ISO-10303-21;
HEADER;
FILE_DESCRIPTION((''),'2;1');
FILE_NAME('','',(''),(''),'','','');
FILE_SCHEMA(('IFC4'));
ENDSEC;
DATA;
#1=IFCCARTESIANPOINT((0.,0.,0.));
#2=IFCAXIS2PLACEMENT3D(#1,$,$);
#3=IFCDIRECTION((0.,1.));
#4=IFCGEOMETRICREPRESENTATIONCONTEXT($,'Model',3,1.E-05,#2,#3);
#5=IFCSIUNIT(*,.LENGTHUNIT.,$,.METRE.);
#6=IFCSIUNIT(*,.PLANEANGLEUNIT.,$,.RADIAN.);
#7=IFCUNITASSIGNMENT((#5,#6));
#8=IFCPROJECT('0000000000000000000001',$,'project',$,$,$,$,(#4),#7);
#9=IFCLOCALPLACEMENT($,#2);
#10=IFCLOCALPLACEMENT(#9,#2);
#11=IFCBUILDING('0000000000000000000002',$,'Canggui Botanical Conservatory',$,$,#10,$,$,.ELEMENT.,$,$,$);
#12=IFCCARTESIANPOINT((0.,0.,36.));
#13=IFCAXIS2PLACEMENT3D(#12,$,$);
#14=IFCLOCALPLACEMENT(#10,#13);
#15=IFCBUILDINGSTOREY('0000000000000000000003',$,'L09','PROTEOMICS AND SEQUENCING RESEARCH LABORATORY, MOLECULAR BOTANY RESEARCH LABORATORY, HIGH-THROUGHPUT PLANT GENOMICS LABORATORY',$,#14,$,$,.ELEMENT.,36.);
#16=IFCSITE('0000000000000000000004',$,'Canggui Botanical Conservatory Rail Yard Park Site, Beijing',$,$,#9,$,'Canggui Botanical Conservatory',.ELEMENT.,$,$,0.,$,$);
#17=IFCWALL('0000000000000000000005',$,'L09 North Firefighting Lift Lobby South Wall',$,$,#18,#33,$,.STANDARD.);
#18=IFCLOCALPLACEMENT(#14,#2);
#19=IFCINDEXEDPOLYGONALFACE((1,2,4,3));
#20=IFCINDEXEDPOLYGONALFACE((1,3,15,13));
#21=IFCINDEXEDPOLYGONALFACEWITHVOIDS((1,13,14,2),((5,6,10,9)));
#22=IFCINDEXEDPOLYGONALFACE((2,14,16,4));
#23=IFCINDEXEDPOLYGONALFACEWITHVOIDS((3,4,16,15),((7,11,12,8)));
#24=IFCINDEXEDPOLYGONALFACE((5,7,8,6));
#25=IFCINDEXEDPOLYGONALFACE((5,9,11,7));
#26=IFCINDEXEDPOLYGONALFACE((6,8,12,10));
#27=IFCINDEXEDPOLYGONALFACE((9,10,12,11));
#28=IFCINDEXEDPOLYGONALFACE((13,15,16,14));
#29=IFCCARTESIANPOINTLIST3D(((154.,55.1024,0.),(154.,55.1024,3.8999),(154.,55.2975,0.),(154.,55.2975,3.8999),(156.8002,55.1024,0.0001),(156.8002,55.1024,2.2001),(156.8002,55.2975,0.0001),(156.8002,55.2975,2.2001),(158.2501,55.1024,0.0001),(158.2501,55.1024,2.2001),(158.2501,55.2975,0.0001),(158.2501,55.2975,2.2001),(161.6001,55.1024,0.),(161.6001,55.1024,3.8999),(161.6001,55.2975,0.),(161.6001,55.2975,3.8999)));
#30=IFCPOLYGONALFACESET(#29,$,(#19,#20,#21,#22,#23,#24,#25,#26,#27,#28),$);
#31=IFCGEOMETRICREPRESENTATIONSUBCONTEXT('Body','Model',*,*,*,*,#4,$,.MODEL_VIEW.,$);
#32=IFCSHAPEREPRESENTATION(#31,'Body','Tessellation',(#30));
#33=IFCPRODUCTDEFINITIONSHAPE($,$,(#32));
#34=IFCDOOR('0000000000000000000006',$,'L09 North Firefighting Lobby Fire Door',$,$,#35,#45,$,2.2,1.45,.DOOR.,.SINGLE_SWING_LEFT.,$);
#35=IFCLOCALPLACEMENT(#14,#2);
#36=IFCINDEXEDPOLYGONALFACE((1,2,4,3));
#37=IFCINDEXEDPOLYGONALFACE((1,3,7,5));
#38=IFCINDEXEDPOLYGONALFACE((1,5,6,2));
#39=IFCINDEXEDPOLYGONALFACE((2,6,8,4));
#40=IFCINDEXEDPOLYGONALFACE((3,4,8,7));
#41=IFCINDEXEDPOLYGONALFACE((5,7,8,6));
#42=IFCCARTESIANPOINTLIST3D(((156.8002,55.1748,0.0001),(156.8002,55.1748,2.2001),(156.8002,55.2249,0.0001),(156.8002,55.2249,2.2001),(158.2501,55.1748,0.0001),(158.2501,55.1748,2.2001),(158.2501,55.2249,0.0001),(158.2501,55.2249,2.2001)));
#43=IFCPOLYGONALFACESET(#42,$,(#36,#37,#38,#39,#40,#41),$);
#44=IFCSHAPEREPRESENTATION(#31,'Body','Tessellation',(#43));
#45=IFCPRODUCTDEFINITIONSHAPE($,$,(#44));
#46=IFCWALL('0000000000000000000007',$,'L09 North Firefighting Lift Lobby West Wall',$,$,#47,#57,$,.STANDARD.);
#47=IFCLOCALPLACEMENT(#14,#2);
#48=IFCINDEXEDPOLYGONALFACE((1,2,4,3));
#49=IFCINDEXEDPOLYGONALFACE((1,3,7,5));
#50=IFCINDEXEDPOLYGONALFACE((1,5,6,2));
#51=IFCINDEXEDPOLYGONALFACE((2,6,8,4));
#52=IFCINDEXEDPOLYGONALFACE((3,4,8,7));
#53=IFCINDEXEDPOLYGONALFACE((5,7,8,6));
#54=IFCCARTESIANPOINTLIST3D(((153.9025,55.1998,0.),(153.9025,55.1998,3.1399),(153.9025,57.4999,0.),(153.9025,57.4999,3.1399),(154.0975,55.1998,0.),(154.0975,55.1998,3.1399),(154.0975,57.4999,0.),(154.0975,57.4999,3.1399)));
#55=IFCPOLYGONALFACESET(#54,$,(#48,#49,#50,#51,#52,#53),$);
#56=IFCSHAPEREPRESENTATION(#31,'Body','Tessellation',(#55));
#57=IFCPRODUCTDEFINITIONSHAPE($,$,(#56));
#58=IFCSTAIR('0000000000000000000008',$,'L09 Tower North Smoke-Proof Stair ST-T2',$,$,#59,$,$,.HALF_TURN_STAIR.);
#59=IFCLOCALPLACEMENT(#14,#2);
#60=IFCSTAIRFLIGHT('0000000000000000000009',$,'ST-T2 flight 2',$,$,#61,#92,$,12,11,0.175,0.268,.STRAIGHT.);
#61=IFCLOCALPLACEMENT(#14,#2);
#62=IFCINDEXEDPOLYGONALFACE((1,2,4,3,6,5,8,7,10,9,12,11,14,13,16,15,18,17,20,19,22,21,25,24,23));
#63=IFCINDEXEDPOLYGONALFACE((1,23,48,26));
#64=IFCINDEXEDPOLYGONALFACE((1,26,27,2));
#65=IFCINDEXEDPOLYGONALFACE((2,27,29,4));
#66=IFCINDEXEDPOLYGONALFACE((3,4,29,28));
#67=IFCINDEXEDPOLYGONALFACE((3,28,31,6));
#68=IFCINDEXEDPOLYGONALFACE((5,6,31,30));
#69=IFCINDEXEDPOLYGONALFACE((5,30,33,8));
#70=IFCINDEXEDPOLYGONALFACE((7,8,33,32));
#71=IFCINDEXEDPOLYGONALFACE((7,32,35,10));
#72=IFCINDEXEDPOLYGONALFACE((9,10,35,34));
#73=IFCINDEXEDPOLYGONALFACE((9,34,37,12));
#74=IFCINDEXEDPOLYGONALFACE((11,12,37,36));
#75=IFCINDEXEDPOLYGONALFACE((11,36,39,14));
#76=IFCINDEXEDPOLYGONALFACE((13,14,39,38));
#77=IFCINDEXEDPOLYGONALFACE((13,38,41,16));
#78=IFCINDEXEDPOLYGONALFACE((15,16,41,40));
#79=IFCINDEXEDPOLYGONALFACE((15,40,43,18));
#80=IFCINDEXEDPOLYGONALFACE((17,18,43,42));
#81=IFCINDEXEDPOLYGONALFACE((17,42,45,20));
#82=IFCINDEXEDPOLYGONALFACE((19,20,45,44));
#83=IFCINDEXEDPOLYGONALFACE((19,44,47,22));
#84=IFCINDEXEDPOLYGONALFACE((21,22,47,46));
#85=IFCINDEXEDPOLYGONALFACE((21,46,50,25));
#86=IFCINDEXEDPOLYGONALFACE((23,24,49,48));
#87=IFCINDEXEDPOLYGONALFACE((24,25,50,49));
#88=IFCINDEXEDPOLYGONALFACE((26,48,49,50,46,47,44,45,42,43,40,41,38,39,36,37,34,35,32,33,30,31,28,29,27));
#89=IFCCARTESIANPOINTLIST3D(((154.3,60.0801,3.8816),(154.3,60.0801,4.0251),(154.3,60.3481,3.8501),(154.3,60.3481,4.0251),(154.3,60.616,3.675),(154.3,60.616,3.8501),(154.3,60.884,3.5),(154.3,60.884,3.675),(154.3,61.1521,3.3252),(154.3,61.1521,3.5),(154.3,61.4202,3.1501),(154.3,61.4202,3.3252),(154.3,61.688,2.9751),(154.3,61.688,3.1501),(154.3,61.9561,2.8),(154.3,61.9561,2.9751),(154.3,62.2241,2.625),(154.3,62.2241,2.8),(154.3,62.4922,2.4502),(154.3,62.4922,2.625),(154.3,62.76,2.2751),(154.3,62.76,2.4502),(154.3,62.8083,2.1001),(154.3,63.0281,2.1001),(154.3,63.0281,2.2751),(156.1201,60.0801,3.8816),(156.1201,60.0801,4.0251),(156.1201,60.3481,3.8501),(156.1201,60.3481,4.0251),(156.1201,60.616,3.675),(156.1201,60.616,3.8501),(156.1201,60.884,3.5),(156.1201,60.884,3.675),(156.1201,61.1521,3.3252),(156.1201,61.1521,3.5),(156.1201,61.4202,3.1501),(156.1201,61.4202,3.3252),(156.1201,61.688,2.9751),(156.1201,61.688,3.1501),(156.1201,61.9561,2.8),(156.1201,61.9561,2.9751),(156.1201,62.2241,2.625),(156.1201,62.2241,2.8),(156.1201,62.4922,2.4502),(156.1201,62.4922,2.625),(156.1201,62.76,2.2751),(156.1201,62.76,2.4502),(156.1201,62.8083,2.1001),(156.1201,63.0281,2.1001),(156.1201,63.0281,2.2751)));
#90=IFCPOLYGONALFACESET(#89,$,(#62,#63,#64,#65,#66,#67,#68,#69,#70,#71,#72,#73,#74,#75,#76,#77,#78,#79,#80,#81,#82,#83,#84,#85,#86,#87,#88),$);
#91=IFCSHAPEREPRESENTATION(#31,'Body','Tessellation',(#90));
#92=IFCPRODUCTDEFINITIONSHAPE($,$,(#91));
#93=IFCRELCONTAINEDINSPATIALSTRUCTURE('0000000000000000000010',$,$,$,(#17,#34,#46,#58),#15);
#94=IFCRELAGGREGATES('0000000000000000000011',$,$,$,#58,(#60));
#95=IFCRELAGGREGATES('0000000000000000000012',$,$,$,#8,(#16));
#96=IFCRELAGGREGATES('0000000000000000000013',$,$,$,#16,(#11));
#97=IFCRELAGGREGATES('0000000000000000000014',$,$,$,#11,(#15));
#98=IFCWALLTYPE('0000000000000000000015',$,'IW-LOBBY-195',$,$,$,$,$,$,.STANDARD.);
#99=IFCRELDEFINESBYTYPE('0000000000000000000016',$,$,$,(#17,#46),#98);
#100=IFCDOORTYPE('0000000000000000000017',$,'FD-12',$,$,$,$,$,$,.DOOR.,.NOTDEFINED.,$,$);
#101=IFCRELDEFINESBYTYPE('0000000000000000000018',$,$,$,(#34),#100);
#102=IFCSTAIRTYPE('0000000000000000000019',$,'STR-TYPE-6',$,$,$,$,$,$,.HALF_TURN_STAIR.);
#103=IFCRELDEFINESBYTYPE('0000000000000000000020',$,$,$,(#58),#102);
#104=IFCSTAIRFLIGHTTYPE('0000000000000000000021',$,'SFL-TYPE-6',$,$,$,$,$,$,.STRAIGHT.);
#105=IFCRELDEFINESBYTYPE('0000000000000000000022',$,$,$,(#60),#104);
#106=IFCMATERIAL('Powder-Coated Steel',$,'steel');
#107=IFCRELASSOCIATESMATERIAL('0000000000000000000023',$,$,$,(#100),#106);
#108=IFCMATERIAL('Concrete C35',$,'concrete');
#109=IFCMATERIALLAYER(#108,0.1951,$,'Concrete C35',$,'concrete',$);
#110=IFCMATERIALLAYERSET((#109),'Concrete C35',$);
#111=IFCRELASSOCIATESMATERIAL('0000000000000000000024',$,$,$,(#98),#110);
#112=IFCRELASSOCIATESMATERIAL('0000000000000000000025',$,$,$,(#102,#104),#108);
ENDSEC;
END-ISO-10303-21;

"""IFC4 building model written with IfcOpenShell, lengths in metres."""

from ifc_helpers import new_model, si_unit, direction, frame, frame_2d, origin, place, context, subcontext, project, spatial, polyline, rectangle, outline, extrude, material, layer, layer_set, type_object, element, fill, aggregate, save


model = new_model("IFC4")

# Units and contexts
model_context = context("Model", 3, precision=1e-05, world=origin(), true_north=direction((0.0, 1.0)))
body_context = subcontext(model_context, "Body", "Model", "MODEL_VIEW")
ifc_project = project(units=[si_unit("LENGTHUNIT", "METRE"), si_unit("PLANEANGLEUNIT", "RADIAN")], contexts=[model_context])

# Site, building, storey
site_placement = place(None, origin())
site = spatial("IfcSite", under=ifc_project, at=site_placement, Name="Canggui Botanical Conservatory Rail Yard Park Site, Beijing", LongName="Canggui Botanical Conservatory", CompositionType="ELEMENT", RefElevation=0.0)
building_placement = place(site_placement, origin())
building = spatial("IfcBuilding", under=site, at=building_placement, Name="Canggui Botanical Conservatory", CompositionType="ELEMENT")
storey_placement = place(building_placement, frame((0.0, 0.0, 36.0)))
storey = spatial("IfcBuildingStorey", under=building, at=storey_placement, Name="L09", Description="PROTEOMICS AND SEQUENCING RESEARCH LABORATORY, MOLECULAR BOTANY RESEARCH LABORATORY, HIGH-THROUGHPUT PLANT GENOMICS LABORATORY", CompositionType="ELEMENT", Elevation=36.0)

# Shared definitions
ifc_material_1 = material(Name="Concrete C35", Category="concrete")

# Shared definitions
ifc_material_2 = material(Name="Powder-Coated Steel", Category="steel")
door_type_1 = type_object("IfcDoorType", Name="FD-12", OperationType="NOTDEFINED", PredefinedType="DOOR", material=ifc_material_2)
ifc_layer_1 = layer(ifc_material_1, 0.1951, Name="Concrete C35", Category="concrete")
ifc_layer_set_1 = layer_set([ifc_layer_1], Name="Concrete C35")
wall_type_1 = type_object("IfcWallType", Name="IW-LOBBY-195", PredefinedType="STANDARD", material=ifc_layer_set_1)

# Wall, opening, door
wall_1_placement = place(storey_placement, frame((154.0, 55.2, 0.0), z_axis=(0.0, 0.0, 1.0), x_axis=(1.0, 0.0, 0.0)))
wall_1 = element("IfcWall", 1, at=wall_1_placement, inside=storey, type_object=wall_type_1, Name="L09 North Firefighting Lift Lobby South Wall", PredefinedType="STANDARD", context=body_context, shape_type="SweptSolid", body=[
    extrude(rectangle(XDim=7.6001, YDim=0.1951, at=frame_2d((3.8, 0.0))), origin(), (0.0, 0.0, 1.0), 3.8999),
])
opening_1_placement = place(wall_1_placement, frame((2.8, 0.0, 0.0)))
opening_1 = element("IfcOpeningElement", 2, at=opening_1_placement, cuts=wall_1, PredefinedType="OPENING", context=body_context, shape_type="SweptSolid", body=[
    extrude(rectangle(XDim=1.45, YDim=2.2, at=frame_2d((0.7251, 1.1001))), frame((0.0, 0.1074, 0.0), z_axis=(0.0, -1.0, 0.0), x_axis=(1.0, 0.0, 0.0)), (0.0, 0.0, 1.0), 0.2151),
])
door_1_placement = place(opening_1_placement, origin())
door_1 = element("IfcDoor", 3, at=door_1_placement, inside=storey, type_object=door_type_1, Name="L09 North Firefighting Lobby Fire Door", OperationType="SINGLE_SWING_LEFT", OverallHeight=2.2, OverallWidth=1.45, PredefinedType="DOOR", context=body_context, shape_type="SweptSolid", body=[
    extrude(rectangle(XDim=1.45, YDim=2.2, at=frame_2d((0.7251, 1.1001))), frame((0.0, 0.0249, 0.0), z_axis=(0.0, -1.0, 0.0), x_axis=(1.0, 0.0, 0.0)), (0.0, 0.0, 1.0), 0.05),
])
fill(opening_1, door_1)

# Wall
wall_2_placement = place(storey_placement, frame((154.0, 55.2, 0.0), z_axis=(0.0, 0.0, 1.0), x_axis=(0.0, 1.0, 0.0)))
element("IfcWall", 4, at=wall_2_placement, inside=storey, type_object=wall_type_1, Name="L09 North Firefighting Lift Lobby West Wall", PredefinedType="STANDARD", context=body_context, shape_type="SweptSolid", body=[
    extrude(rectangle(XDim=2.3, YDim=0.1951, at=frame_2d((1.1499, 0.0))), origin(), (0.0, 0.0, 1.0), 3.1399),
])

# Stair, stair flight
stair_type = type_object("IfcStairType", Name="STR-TYPE-6", PredefinedType="HALF_TURN_STAIR", material=ifc_material_1)
stair_placement = place(storey_placement, origin())
stair = element("IfcStair", 5, at=stair_placement, inside=storey, type_object=stair_type, Name="L09 Tower North Smoke-Proof Stair ST-T2", PredefinedType="HALF_TURN_STAIR")
stair_flight_type = type_object("IfcStairFlightType", Name="SFL-TYPE-6", PredefinedType="STRAIGHT", material=ifc_material_1)
stair_flight_placement = place(storey_placement, frame((155.21, 63.0281, 2.1001), z_axis=(0.0, 0.0, 1.0), x_axis=(0.0, -1.0, 0.0)))
stair_flight = element("IfcStairFlight", 6, at=stair_flight_placement, type_object=stair_flight_type, Name="ST-T2 flight 2", NumberOfRisers=12, NumberOfTreads=11, PredefinedType="STRAIGHT", RiserHeight=0.175, TreadLength=0.268, context=body_context, shape_type="SweptSolid", body=[
    extrude(outline(polyline([(0.0, 0.0), (0.0, 0.175), (0.2681, 0.175), (0.2681, 0.3501), (0.5359, 0.3501), (0.5359, 0.5249), (0.804, 0.5249), (0.804, 0.7), (1.072, 0.7), (1.072, 0.875), (1.3401, 0.875), (1.3401, 1.05), (1.6079, 1.05), (1.6079, 1.2251), (1.876, 1.2251), (1.876, 1.3999), (2.144, 1.3999), (2.144, 1.575), (2.4121, 1.575), (2.4121, 1.75), (2.6799, 1.75), (2.6799, 1.925), (2.948, 1.925), (2.948, 2.1001), (2.948, 1.7815), (0.2197, 0.0), (0.0, 0.0)])), frame((0.0, 0.9102, 0.0), z_axis=(0.0, -1.0, 0.0), x_axis=(1.0, 0.0, 0.0)), (0.0, 0.0, 1.0), 1.8201),
])
aggregate(stair, [stair_flight])

save(model, "model.ifc")
